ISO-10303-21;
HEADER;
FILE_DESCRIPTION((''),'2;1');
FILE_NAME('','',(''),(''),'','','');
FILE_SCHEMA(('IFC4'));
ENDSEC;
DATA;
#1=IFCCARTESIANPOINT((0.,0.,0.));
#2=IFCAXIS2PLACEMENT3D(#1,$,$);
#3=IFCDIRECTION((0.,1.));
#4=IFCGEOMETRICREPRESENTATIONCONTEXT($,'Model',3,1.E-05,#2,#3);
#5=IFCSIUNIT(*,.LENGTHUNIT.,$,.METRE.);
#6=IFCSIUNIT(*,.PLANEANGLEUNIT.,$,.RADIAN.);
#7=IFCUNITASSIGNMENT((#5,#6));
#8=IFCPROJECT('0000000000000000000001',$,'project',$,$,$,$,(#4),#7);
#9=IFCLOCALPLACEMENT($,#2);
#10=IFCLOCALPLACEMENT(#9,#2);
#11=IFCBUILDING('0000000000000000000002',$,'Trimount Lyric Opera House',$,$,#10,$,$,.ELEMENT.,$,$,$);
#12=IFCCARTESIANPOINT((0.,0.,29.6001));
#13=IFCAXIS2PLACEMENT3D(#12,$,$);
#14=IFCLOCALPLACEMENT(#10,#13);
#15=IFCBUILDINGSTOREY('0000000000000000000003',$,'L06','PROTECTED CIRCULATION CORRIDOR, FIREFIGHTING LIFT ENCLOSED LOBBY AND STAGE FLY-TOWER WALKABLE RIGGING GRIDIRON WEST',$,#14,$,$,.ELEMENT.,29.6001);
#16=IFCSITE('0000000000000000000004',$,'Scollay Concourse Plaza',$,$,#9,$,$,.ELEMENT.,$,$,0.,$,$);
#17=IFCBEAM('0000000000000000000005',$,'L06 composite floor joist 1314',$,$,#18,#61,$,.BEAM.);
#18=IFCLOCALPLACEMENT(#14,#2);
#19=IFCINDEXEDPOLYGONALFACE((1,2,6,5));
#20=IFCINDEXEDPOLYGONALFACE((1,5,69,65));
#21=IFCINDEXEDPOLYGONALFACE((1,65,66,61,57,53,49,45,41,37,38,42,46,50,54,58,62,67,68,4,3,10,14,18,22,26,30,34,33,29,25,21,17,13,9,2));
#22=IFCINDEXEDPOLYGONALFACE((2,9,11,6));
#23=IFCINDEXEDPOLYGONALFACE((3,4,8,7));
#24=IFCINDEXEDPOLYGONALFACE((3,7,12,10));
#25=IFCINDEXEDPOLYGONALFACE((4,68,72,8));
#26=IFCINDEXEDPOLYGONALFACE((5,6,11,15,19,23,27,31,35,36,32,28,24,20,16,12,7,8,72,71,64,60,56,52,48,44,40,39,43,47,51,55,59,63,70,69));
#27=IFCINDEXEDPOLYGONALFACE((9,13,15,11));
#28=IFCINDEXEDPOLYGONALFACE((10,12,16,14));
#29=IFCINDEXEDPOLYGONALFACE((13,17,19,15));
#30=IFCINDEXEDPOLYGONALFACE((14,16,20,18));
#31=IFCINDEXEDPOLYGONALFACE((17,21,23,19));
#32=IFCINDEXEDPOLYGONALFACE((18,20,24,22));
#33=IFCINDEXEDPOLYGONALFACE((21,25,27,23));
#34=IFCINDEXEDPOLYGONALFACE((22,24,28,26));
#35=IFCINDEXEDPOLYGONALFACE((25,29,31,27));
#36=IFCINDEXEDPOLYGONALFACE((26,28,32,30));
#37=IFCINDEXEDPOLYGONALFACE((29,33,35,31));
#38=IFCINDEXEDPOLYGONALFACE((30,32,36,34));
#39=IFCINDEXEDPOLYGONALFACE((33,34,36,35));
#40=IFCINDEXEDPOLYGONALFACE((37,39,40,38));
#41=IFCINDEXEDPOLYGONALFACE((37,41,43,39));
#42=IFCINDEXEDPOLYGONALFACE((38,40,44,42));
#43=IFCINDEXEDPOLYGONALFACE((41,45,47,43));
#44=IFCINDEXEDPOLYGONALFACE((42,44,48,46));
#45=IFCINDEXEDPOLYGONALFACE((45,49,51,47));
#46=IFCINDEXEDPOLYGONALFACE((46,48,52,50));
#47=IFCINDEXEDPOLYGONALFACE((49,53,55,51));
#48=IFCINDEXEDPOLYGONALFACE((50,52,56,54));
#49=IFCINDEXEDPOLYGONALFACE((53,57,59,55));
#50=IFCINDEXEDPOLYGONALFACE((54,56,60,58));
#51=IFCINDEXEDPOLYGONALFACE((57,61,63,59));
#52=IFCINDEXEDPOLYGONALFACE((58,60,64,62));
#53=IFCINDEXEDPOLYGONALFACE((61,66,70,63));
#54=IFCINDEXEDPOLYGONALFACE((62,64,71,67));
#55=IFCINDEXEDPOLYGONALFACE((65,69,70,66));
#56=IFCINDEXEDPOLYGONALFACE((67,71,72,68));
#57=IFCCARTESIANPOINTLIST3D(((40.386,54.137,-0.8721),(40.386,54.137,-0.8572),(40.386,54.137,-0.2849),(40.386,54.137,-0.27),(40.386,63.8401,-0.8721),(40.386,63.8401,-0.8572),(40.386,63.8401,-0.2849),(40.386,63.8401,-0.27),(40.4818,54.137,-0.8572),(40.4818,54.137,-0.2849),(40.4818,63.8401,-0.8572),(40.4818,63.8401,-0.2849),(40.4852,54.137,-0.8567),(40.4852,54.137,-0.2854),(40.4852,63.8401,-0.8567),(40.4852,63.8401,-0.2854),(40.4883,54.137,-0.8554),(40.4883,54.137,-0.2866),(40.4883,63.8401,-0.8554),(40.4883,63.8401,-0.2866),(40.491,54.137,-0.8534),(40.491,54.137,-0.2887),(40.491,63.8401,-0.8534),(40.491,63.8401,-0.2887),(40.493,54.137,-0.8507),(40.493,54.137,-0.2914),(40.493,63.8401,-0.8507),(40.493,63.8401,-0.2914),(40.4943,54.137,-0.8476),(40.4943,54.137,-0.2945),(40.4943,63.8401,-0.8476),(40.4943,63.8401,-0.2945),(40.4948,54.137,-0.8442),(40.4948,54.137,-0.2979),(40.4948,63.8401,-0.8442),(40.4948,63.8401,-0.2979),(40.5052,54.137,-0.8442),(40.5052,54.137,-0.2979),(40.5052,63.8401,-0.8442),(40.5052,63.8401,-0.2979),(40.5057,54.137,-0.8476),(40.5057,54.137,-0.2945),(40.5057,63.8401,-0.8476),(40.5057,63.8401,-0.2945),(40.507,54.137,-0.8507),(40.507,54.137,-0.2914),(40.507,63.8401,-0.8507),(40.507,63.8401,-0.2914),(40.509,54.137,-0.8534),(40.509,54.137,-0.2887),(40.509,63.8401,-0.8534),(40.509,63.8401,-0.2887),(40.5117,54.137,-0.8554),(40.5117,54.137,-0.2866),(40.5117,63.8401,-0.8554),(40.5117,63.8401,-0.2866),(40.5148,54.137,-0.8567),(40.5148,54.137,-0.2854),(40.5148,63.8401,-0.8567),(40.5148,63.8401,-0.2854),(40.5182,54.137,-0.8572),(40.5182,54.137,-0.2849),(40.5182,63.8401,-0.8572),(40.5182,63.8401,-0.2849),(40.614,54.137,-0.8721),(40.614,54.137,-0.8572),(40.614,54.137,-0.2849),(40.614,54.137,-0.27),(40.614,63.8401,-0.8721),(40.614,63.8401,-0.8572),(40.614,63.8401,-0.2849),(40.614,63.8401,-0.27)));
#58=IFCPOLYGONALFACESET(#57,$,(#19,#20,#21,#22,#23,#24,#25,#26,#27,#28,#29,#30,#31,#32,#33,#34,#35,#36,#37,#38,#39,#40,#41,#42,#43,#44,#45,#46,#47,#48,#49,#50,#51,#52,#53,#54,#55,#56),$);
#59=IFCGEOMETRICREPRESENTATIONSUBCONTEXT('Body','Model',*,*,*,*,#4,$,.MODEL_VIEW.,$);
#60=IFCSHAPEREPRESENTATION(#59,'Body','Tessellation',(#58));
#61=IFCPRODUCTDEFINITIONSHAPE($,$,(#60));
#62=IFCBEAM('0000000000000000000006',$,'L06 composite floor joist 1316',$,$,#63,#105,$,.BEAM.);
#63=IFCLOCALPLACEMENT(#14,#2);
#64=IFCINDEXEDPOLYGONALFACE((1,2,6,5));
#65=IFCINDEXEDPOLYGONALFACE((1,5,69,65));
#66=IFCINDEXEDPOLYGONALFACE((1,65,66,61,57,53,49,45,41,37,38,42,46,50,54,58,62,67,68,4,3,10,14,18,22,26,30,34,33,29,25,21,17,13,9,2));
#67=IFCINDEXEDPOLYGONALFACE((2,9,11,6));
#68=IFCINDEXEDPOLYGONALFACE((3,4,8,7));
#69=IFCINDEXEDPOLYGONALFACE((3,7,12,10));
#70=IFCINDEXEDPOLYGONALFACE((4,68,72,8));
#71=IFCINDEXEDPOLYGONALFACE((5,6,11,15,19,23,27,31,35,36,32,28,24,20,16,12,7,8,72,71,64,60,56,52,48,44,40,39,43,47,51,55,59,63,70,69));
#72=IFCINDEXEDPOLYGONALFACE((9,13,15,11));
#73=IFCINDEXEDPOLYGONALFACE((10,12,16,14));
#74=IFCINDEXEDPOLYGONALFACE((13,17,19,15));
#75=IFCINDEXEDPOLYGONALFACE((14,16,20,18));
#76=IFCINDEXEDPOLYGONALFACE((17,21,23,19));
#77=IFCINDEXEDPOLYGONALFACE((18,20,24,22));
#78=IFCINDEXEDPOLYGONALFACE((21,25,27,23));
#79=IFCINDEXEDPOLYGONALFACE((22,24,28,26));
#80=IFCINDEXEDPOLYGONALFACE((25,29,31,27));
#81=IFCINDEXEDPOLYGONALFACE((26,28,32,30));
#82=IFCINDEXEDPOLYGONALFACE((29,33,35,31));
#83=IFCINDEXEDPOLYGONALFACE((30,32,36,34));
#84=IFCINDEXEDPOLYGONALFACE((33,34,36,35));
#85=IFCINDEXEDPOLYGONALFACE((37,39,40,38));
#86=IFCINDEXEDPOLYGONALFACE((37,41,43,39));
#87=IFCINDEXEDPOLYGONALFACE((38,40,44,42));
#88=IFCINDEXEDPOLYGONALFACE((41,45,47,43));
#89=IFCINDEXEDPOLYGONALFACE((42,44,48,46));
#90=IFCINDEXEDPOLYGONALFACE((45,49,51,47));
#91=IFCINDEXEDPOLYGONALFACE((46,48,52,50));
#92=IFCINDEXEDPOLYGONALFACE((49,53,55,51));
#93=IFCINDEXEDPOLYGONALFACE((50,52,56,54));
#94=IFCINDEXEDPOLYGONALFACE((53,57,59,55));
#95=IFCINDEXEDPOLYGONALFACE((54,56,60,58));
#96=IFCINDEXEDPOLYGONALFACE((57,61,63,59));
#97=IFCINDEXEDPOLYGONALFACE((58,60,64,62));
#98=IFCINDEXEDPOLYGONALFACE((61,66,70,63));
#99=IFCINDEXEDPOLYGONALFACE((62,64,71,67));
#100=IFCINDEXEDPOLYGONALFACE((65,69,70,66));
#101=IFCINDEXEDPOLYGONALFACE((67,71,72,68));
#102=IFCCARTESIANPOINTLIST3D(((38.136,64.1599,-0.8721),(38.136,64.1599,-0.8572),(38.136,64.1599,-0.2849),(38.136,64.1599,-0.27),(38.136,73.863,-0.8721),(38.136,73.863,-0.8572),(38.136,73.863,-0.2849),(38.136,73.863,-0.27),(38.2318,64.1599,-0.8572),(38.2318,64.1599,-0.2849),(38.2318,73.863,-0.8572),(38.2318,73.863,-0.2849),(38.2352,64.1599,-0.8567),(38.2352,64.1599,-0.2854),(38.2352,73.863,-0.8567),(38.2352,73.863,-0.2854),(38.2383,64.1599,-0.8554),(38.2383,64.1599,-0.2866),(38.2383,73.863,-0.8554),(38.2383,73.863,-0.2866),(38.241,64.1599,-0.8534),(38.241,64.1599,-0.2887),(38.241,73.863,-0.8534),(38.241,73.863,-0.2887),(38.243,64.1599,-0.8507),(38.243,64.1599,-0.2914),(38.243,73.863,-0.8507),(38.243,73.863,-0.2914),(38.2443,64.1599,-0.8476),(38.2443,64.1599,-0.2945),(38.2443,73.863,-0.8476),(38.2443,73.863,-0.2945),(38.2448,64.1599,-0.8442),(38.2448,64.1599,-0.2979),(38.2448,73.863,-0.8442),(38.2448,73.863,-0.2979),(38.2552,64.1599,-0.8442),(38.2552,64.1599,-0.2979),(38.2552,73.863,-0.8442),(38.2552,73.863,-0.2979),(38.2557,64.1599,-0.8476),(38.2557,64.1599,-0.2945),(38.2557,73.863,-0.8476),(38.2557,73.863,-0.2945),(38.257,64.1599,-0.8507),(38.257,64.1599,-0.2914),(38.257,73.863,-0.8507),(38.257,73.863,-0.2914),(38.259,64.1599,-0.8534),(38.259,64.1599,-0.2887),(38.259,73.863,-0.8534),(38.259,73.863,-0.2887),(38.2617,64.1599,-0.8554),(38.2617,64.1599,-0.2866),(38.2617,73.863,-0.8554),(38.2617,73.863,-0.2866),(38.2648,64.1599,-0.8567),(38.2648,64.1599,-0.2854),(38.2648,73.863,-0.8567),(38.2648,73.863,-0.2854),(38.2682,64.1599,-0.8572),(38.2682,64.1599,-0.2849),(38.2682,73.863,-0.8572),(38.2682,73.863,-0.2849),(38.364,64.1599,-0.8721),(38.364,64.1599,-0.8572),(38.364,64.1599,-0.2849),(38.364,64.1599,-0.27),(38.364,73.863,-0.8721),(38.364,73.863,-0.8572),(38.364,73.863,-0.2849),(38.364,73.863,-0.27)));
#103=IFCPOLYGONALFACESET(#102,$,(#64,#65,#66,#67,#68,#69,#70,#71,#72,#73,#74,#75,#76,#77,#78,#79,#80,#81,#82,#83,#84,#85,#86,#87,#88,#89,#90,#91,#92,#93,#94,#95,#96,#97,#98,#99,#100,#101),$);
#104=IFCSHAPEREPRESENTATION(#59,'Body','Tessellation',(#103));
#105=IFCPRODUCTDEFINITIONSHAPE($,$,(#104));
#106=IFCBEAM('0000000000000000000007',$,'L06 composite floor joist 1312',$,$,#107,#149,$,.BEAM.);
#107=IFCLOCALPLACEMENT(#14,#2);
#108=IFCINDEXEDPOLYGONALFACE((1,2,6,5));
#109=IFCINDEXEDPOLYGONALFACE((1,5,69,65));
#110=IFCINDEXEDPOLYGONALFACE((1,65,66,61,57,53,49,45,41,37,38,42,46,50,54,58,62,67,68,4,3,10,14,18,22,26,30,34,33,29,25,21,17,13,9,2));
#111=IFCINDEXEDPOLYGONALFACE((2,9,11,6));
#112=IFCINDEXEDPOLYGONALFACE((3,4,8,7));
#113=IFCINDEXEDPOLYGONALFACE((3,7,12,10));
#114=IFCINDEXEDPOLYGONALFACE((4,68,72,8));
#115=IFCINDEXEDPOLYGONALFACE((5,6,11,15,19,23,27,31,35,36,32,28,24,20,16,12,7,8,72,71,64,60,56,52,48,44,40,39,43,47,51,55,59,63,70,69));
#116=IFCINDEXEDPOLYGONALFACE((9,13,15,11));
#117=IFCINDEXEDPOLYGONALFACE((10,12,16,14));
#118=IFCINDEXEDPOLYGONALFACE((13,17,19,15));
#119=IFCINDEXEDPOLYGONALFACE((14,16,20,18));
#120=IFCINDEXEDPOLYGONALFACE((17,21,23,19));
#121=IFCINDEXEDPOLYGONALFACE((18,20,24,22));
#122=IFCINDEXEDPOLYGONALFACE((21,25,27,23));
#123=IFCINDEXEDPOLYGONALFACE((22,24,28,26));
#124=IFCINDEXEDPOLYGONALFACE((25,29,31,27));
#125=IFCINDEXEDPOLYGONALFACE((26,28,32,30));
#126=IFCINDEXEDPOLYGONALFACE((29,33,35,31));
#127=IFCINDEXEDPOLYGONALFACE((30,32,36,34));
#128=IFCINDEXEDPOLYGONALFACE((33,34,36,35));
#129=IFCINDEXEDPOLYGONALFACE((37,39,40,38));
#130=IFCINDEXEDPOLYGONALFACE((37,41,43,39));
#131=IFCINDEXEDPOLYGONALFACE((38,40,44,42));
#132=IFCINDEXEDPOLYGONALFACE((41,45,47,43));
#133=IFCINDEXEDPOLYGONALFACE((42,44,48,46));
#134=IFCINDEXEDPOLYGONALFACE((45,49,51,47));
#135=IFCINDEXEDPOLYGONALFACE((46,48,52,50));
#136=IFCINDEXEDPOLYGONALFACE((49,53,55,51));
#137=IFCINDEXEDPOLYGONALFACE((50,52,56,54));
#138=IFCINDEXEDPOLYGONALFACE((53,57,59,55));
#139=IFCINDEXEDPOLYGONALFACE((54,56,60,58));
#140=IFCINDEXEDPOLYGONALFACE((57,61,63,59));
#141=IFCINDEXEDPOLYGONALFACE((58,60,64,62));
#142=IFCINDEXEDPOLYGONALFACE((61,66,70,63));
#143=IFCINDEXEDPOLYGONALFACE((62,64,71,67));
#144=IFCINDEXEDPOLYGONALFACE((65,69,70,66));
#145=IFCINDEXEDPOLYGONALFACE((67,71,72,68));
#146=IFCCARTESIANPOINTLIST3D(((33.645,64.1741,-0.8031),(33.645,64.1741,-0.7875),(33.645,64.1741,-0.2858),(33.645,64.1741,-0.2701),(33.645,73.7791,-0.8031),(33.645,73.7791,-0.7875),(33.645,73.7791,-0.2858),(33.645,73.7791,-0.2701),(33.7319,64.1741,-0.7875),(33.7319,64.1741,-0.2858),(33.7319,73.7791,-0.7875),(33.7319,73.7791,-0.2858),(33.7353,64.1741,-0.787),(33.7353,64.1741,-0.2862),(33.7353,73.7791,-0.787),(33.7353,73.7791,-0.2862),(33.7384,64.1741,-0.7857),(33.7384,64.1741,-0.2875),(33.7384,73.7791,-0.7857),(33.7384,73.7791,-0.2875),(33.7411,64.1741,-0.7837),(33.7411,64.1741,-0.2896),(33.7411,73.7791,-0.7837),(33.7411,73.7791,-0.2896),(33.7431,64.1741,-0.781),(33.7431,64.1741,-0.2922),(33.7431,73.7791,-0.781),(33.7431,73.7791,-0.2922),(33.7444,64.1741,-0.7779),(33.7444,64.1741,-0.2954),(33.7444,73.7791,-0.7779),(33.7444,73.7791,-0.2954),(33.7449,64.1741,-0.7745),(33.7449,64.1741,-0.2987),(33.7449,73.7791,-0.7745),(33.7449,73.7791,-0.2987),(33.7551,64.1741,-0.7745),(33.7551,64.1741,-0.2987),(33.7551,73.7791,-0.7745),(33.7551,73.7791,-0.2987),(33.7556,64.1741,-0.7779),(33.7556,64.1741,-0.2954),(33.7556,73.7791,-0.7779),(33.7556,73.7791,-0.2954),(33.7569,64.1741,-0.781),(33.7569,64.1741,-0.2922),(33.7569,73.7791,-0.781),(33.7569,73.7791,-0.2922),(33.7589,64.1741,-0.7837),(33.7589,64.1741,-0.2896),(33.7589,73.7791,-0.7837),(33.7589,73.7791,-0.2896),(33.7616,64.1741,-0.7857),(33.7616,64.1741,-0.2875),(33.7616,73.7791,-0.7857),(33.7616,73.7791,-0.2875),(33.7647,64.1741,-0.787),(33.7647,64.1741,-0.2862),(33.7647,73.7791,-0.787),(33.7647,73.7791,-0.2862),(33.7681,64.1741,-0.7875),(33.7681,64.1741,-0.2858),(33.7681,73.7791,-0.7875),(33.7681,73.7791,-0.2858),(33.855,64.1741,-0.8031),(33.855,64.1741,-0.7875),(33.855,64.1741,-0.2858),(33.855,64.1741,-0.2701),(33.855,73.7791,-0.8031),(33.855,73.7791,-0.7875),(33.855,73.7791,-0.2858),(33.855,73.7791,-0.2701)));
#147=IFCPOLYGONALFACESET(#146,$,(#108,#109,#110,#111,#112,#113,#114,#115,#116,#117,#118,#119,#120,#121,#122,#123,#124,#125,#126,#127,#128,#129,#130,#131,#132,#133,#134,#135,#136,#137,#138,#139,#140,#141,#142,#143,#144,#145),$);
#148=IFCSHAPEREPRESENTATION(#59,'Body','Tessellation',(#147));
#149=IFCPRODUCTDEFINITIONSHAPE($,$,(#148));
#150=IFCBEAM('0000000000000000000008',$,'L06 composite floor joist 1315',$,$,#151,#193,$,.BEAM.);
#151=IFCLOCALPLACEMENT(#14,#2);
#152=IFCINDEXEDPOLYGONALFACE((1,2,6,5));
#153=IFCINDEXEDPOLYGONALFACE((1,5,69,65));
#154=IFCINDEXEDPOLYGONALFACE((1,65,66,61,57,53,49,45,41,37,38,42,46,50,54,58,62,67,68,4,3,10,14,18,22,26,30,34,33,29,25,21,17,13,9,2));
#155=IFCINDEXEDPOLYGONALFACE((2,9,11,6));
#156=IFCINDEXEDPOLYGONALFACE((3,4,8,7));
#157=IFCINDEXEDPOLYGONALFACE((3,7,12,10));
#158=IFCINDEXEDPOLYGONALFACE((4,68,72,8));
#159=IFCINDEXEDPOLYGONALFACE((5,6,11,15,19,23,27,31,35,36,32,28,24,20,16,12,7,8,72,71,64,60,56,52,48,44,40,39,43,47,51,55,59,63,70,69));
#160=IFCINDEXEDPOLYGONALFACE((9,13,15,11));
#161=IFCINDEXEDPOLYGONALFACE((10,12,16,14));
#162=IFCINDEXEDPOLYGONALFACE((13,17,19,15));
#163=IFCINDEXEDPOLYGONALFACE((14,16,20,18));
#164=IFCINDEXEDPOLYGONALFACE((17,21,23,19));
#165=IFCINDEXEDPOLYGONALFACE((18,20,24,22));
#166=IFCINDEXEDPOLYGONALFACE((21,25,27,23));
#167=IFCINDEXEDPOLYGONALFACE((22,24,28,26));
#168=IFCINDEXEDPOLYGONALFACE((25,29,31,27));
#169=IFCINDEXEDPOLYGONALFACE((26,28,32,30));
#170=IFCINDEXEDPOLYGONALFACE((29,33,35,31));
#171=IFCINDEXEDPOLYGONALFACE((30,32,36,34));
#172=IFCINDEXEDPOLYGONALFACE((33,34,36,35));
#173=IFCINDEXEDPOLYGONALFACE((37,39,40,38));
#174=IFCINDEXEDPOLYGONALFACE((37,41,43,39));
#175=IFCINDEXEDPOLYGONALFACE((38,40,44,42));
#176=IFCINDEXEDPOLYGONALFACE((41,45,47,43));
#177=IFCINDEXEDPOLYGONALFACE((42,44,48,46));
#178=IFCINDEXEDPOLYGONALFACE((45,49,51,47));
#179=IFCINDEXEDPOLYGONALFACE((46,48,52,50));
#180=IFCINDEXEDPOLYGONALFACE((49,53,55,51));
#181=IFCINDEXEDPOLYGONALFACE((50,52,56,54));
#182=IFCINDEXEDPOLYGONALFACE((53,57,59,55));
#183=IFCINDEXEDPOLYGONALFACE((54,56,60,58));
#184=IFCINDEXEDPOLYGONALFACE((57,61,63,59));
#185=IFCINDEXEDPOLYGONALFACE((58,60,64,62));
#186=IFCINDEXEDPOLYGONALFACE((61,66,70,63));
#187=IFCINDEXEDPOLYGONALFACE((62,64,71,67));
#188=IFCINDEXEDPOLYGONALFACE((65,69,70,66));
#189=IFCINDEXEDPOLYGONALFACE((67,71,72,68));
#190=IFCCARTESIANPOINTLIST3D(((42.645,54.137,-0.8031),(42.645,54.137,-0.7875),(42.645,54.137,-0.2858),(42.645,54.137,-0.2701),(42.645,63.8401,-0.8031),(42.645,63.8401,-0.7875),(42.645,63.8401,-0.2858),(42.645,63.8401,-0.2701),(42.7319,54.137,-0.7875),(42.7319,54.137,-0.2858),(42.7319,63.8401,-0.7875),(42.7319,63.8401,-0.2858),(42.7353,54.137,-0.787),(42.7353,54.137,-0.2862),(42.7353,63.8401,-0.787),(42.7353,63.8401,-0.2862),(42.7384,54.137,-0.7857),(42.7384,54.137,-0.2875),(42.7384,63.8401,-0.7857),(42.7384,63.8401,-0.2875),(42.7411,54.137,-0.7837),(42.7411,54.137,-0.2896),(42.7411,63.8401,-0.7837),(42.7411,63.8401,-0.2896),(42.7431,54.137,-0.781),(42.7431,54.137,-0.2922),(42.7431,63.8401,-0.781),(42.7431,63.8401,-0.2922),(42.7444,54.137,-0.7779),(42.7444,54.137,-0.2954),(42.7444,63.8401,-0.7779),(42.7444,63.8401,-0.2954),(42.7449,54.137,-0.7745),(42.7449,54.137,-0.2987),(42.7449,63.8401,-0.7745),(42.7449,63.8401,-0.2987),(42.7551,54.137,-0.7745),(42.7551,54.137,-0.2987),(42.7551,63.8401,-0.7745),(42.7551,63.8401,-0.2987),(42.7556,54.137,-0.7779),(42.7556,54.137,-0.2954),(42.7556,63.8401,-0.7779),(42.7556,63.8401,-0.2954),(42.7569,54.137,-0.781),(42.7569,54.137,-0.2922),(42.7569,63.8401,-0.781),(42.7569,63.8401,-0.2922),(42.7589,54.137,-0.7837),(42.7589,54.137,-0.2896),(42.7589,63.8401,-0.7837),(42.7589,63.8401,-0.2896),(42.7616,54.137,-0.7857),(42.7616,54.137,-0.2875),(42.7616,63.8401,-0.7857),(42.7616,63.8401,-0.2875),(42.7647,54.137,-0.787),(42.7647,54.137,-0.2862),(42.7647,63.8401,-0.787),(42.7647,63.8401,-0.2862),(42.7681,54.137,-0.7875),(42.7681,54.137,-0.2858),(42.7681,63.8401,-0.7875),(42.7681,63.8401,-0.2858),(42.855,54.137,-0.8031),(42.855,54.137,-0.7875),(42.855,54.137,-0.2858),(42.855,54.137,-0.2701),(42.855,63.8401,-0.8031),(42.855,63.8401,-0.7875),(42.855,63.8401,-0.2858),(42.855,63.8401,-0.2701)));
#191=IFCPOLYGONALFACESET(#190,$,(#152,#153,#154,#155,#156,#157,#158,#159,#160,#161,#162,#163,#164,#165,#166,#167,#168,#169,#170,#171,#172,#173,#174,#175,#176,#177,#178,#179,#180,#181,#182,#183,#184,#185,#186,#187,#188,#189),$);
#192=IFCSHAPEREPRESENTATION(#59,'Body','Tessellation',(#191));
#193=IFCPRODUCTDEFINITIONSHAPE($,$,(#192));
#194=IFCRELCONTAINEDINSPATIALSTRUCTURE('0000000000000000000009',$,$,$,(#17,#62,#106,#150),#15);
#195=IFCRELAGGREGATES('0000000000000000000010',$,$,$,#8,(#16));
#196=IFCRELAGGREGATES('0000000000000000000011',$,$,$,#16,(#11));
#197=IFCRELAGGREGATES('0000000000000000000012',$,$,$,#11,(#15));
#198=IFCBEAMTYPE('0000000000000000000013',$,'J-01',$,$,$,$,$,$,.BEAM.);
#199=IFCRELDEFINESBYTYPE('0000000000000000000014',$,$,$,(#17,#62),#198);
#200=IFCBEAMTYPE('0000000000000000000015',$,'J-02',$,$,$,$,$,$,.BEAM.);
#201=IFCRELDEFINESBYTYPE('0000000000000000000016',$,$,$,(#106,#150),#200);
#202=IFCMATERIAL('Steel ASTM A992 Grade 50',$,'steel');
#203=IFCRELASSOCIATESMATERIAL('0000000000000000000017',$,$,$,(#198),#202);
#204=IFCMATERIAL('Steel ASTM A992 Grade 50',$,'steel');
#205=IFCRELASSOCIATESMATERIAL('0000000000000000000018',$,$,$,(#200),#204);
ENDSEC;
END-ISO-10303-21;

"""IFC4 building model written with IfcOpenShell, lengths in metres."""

from ifc_helpers import new_model, si_unit, direction, frame, origin, origin_2d, place, context, subcontext, project, spatial, i_section, extrude, material, material_profile, profile_set, type_object, element, save


model = new_model("IFC4")

# Units and contexts
model_context = context("Model", 3, precision=1e-05, world=origin(), true_north=direction((0.0, 1.0)))
body_context = subcontext(model_context, "Body", "Model", "MODEL_VIEW")
ifc_project = project(units=[si_unit("LENGTHUNIT", "METRE"), si_unit("PLANEANGLEUNIT", "RADIAN")], contexts=[model_context])

# Site, building, storey
site_placement = place(None, origin())
site = spatial("IfcSite", under=ifc_project, at=site_placement, Name="Scollay Concourse Plaza", CompositionType="ELEMENT", RefElevation=0.0)
building_placement = place(site_placement, origin())
building = spatial("IfcBuilding", under=site, at=building_placement, Name="Trimount Lyric Opera House", CompositionType="ELEMENT")
storey_placement = place(building_placement, frame((0.0, 0.0, 29.6001)))
storey = spatial("IfcBuildingStorey", under=building, at=storey_placement, Name="L06", Description="PROTECTED CIRCULATION CORRIDOR, FIREFIGHTING LIFT ENCLOSED LOBBY AND STAGE FLY-TOWER WALKABLE RIGGING GRIDIRON WEST", CompositionType="ELEMENT", Elevation=29.6001)

# Beams
ifc_material_1 = material(Name="Steel ASTM A992 Grade 50", Category="steel")
ifc_material_profile_1 = material_profile(ifc_material_1, i_section(OverallWidth=0.228, OverallDepth=0.6021, WebThickness=0.0105, FlangeThickness=0.0149, FilletRadius=0.0129, at=origin_2d()), Name="W24X68")
ifc_profile_set_1 = profile_set([ifc_material_profile_1], Name="Steel ASTM A992 Grade 50")
beam_type_1 = type_object("IfcBeamType", Name="J-01", PredefinedType="BEAM", material=ifc_profile_set_1)
for number, where, z_axis, x_axis, name in (
    (1, (40.5, 54.137, -0.571), (0.0, 1.0, 0.0), (-1.0, 0.0, 0.0), "L06 composite floor joist 1314"),
    (2, (38.25, 64.1599, -0.571), (0.0, 1.0, 0.0), (-1.0, 0.0, 0.0), "L06 composite floor joist 1316"),
):
    element("IfcBeam", number, at=place(storey_placement, frame(where, z_axis=z_axis, x_axis=x_axis)), inside=storey, type_object=beam_type_1, Name=name, PredefinedType="BEAM", context=body_context, shape_type="SweptSolid", body=[
        extrude(i_section(OverallWidth=0.228, OverallDepth=0.6021, WebThickness=0.0105, FlangeThickness=0.0149, FilletRadius=0.0129, at=origin_2d()), origin(), (0.0, 0.0, 1.0), 9.7031),
    ])
ifc_material_2 = material(Name="Steel ASTM A992 Grade 50", Category="steel")
ifc_material_profile_2 = material_profile(ifc_material_2, i_section(OverallWidth=0.21, OverallDepth=0.533, WebThickness=0.0103, FlangeThickness=0.0156, FilletRadius=0.0129, at=origin_2d()), Name="W21X62")
ifc_profile_set_2 = profile_set([ifc_material_profile_2], Name="Steel ASTM A992 Grade 50")
beam_type_2 = type_object("IfcBeamType", Name="J-02", PredefinedType="BEAM", material=ifc_profile_set_2)
beam_1_placement = place(storey_placement, frame((33.75, 64.1741, -0.5366), z_axis=(0.0, 1.0, 0.0), x_axis=(-1.0, 0.0, 0.0)))
element("IfcBeam", 3, at=beam_1_placement, inside=storey, type_object=beam_type_2, Name="L06 composite floor joist 1312", PredefinedType="BEAM", context=body_context, shape_type="SweptSolid", body=[
    extrude(i_section(OverallWidth=0.21, OverallDepth=0.533, WebThickness=0.0103, FlangeThickness=0.0156, FilletRadius=0.0129, at=origin_2d()), origin(), (0.0, 0.0, 1.0), 9.605),
])
for number, where, z_axis, x_axis, name in (
    (4, (42.75, 54.137, -0.5366), (0.0, 1.0, 0.0), (-1.0, 0.0, 0.0), "L06 composite floor joist 1315"),
):
    element("IfcBeam", number, at=place(storey_placement, frame(where, z_axis=z_axis, x_axis=x_axis)), inside=storey, type_object=beam_type_2, Name=name, PredefinedType="BEAM", context=body_context, shape_type="SweptSolid", body=[
        extrude(i_section(OverallWidth=0.21, OverallDepth=0.533, WebThickness=0.0103, FlangeThickness=0.0156, FilletRadius=0.0129, at=origin_2d()), origin(), (0.0, 0.0, 1.0), 9.7031),
    ])

save(model, "model.ifc")
